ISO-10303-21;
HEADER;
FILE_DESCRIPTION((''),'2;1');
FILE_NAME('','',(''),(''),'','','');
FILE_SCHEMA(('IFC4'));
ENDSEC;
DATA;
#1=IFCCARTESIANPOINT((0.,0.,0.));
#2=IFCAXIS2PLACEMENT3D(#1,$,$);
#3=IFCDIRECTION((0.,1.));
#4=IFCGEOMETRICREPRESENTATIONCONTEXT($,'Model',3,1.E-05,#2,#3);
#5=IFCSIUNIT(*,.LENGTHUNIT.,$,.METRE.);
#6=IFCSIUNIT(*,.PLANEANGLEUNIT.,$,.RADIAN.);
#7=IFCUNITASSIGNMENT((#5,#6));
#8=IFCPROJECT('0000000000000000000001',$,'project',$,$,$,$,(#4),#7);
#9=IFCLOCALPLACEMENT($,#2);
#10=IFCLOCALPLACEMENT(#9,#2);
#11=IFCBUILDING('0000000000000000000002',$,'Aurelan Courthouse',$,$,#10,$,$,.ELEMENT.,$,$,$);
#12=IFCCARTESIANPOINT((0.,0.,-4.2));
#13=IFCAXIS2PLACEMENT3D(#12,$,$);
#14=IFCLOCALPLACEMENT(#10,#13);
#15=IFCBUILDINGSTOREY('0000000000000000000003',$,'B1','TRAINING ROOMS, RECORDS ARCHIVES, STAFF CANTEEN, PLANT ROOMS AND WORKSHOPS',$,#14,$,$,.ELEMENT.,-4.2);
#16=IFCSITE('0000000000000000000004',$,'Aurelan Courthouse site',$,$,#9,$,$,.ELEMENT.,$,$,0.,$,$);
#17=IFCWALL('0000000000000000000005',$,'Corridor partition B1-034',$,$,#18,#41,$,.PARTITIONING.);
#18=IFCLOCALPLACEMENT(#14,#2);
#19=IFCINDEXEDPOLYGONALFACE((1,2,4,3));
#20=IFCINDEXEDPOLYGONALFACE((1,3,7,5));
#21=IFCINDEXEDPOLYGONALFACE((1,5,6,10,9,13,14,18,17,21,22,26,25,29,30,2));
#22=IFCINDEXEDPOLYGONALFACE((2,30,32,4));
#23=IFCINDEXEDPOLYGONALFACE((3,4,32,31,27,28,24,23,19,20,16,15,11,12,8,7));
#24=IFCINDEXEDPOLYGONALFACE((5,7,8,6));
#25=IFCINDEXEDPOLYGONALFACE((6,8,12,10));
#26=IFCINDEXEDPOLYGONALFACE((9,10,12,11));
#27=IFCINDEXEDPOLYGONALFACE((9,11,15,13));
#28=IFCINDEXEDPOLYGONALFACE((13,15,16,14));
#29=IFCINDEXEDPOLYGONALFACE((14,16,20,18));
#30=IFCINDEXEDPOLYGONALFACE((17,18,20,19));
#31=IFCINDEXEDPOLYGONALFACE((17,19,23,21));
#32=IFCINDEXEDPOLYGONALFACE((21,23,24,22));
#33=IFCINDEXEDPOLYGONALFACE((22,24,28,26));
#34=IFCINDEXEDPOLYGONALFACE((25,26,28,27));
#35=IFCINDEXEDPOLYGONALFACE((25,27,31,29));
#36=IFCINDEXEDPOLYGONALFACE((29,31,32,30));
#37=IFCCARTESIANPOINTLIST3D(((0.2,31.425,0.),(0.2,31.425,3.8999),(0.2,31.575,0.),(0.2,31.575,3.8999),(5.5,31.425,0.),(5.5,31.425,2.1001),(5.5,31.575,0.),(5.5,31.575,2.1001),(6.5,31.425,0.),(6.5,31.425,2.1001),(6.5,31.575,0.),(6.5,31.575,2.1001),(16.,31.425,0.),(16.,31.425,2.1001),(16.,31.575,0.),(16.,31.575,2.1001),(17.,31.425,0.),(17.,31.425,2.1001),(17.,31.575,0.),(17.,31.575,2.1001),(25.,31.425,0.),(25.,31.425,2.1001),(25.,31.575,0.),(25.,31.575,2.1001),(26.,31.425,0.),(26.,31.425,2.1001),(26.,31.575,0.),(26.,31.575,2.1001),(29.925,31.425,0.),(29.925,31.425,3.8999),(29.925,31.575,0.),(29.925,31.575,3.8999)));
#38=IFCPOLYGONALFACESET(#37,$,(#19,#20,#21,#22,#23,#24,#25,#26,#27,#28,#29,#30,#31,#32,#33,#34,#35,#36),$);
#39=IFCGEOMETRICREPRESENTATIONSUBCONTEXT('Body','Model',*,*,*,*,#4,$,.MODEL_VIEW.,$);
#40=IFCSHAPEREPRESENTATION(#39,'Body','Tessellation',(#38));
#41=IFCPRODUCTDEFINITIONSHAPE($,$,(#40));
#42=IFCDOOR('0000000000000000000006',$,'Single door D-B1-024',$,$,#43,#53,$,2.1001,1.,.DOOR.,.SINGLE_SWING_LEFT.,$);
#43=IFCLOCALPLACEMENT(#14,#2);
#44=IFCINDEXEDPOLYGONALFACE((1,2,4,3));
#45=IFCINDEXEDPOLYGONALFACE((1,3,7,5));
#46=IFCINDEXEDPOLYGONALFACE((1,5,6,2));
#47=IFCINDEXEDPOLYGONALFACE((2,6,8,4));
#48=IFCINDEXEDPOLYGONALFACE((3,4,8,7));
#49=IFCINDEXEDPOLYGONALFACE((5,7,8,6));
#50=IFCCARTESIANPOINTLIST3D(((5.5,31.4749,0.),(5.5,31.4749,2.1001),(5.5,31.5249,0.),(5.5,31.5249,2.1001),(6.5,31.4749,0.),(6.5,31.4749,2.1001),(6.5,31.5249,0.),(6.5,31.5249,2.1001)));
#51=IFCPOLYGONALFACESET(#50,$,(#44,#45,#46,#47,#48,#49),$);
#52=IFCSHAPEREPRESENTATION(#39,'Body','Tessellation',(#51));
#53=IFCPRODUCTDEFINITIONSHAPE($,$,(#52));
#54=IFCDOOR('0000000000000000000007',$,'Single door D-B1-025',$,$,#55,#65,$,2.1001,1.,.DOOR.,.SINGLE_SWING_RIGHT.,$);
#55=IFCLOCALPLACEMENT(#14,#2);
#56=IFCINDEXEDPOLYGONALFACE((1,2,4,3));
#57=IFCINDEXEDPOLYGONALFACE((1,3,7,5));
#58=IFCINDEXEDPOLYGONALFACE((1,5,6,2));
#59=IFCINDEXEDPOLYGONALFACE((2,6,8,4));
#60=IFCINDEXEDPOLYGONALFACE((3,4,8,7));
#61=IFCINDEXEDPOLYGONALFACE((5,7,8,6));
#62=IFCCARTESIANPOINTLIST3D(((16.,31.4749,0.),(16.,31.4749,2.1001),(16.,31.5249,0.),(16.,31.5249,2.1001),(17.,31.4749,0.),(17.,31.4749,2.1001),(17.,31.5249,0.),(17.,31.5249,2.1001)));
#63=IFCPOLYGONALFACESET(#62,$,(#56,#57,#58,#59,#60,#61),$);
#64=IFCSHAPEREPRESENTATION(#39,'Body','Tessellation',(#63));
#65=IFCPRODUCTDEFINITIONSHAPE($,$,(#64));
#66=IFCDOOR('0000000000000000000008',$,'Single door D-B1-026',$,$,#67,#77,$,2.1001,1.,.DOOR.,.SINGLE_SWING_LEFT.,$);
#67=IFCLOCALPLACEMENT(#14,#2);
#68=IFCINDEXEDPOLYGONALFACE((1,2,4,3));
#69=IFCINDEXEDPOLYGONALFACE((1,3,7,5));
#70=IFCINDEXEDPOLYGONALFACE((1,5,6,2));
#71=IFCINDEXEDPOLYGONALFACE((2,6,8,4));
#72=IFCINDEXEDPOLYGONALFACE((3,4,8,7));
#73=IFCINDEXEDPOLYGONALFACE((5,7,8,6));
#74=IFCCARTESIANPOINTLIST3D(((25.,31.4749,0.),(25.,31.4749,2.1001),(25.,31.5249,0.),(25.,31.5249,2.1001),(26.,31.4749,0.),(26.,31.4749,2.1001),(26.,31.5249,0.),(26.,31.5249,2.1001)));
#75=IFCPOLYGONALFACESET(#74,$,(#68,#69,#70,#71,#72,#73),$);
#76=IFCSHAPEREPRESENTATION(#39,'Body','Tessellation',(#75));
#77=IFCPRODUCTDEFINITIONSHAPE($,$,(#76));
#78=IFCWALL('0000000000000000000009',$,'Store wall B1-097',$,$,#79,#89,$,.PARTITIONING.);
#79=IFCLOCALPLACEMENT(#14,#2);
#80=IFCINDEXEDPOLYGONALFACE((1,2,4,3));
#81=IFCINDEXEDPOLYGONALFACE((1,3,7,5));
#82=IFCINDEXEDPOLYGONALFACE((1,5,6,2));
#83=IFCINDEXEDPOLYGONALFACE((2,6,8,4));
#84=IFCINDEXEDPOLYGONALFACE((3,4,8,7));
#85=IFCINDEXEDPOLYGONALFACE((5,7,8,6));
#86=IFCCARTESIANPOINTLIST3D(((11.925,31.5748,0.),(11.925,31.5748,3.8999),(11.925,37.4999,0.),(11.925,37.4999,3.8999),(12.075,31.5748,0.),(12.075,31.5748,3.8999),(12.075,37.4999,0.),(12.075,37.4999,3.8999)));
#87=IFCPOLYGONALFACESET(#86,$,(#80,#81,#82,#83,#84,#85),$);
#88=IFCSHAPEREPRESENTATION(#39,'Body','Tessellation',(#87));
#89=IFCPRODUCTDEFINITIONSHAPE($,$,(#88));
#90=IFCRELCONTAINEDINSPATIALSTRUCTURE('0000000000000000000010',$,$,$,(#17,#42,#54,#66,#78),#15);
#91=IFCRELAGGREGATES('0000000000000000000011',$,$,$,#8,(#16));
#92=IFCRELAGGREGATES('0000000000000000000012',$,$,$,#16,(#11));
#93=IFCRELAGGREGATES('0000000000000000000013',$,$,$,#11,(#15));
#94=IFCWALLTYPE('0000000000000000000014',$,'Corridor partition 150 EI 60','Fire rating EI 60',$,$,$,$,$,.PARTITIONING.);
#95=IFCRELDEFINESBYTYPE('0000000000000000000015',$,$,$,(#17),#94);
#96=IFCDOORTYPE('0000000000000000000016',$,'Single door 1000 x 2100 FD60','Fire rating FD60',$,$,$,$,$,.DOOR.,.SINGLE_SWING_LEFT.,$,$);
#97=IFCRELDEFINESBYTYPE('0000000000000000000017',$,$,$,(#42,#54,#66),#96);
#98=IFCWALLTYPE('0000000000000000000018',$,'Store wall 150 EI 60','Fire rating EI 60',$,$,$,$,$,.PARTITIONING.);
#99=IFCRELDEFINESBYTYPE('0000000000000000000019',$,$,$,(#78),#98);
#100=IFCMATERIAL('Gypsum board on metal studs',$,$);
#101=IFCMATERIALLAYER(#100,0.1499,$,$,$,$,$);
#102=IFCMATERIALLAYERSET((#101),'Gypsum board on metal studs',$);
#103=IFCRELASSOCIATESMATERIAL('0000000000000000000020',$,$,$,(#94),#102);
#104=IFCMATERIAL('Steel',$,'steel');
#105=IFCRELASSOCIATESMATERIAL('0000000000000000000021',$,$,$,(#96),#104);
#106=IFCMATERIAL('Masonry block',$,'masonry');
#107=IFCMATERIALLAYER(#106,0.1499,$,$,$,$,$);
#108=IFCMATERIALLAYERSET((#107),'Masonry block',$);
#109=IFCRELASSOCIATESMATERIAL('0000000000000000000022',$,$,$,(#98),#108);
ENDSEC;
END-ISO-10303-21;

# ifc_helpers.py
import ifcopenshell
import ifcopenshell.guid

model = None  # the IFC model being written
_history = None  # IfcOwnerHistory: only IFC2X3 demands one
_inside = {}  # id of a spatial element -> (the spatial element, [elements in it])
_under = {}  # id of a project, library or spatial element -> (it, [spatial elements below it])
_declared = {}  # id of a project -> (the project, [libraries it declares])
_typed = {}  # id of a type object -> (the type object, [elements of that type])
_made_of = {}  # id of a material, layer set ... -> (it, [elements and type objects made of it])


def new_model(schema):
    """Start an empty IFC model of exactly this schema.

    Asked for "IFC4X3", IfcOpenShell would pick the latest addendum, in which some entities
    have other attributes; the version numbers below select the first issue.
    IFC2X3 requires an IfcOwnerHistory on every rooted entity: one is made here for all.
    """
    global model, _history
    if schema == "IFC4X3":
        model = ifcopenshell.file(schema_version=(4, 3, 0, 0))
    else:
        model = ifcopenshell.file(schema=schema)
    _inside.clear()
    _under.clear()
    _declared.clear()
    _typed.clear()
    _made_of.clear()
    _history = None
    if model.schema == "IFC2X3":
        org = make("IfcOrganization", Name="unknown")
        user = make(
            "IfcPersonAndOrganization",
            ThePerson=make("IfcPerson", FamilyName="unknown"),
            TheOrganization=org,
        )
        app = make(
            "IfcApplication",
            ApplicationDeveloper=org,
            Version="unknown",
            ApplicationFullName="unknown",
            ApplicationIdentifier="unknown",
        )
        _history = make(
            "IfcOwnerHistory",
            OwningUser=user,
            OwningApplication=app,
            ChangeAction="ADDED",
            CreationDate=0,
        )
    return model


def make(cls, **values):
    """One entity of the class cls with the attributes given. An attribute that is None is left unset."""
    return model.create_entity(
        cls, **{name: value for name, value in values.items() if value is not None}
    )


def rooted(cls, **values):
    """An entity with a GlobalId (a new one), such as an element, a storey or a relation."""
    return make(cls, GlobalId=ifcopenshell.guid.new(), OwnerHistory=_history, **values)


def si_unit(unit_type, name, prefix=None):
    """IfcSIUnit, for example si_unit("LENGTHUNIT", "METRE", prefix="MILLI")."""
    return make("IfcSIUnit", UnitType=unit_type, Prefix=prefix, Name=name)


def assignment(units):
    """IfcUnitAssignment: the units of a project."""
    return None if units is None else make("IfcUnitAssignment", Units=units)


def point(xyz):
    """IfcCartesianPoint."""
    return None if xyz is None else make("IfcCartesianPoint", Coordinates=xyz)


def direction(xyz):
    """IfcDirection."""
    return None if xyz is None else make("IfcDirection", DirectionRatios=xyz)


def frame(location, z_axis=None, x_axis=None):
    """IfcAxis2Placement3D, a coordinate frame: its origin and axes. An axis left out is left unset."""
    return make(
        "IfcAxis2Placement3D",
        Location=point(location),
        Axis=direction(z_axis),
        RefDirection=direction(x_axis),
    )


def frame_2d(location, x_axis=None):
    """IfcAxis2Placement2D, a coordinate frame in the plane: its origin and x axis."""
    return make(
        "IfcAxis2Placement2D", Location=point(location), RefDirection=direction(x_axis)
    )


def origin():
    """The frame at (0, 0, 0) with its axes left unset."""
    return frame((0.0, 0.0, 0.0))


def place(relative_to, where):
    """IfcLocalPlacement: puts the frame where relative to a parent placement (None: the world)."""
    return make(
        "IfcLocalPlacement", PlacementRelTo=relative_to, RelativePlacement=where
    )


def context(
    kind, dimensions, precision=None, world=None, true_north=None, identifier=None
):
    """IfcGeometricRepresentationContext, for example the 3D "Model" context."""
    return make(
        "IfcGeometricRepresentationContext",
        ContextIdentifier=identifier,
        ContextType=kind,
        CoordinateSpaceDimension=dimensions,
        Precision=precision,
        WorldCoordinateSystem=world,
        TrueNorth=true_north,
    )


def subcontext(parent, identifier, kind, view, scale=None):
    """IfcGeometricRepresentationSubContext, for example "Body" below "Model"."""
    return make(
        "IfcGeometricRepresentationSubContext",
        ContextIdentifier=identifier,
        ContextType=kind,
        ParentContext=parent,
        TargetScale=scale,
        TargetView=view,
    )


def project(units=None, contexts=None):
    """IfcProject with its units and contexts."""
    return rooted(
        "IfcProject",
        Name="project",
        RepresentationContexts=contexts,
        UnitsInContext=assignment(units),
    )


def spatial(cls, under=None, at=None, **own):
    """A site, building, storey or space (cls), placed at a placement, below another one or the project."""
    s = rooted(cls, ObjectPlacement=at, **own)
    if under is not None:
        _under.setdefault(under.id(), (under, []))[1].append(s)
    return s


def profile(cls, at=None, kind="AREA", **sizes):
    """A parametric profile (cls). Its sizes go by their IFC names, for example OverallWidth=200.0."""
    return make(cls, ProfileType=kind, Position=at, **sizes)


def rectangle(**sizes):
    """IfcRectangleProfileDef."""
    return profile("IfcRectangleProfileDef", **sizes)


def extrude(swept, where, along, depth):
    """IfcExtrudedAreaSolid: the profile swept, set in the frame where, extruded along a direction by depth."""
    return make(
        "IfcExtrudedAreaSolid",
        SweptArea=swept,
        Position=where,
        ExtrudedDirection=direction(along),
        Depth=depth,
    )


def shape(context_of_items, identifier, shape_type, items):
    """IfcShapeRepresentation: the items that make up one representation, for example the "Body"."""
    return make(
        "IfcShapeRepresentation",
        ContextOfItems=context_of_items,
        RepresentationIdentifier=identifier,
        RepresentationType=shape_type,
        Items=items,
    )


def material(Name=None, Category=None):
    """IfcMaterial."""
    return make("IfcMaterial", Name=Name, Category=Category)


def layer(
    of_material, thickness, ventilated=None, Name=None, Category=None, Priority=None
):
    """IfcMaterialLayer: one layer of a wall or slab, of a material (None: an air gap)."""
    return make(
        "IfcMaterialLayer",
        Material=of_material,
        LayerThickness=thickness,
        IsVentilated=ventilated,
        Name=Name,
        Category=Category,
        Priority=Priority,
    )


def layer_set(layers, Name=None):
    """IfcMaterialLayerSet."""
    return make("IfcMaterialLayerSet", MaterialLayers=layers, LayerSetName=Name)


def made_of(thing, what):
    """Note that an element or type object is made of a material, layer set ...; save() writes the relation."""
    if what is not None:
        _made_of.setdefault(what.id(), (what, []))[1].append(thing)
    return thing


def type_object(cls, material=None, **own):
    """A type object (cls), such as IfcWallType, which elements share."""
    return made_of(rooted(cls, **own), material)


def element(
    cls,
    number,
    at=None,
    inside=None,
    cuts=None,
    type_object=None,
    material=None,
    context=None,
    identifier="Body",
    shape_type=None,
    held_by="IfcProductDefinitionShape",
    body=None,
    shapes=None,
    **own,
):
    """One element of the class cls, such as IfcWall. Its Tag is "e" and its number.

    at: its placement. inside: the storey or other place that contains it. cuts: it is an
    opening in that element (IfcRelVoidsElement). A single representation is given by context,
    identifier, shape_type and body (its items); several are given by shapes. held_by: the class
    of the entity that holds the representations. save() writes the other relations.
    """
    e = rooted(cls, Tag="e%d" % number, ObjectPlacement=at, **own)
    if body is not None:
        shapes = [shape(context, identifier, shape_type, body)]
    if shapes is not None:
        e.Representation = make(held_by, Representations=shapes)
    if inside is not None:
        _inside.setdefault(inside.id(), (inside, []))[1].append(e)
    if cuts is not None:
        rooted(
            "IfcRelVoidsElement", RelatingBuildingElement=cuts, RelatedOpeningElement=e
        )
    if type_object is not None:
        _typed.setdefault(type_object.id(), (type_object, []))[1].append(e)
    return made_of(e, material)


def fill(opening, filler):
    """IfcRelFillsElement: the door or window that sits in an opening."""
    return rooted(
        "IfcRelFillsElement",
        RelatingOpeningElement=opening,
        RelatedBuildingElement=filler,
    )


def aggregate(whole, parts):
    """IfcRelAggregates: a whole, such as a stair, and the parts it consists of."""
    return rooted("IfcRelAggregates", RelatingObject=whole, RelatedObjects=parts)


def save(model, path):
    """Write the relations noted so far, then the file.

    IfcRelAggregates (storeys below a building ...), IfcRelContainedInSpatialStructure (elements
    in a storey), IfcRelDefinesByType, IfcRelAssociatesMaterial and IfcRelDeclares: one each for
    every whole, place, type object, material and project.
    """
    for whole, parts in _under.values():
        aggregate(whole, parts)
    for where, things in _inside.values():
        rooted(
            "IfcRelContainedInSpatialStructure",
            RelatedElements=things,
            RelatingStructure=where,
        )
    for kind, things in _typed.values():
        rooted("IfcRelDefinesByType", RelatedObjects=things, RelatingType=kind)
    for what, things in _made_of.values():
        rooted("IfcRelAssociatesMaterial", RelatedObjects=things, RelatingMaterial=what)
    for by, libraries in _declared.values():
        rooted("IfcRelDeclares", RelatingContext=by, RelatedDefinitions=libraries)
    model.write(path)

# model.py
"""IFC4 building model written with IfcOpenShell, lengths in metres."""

from ifc_helpers import new_model, si_unit, direction, frame, frame_2d, origin, place, context, subcontext, project, spatial, rectangle, extrude, material, layer, layer_set, type_object, element, fill, save


model = new_model("IFC4")

# Units and contexts
model_context = context("Model", 3, precision=1e-05, world=origin(), true_north=direction((0.0, 1.0)))
body_context = subcontext(model_context, "Body", "Model", "MODEL_VIEW")
ifc_project = project(units=[si_unit("LENGTHUNIT", "METRE"), si_unit("PLANEANGLEUNIT", "RADIAN")], contexts=[model_context])

# Site, building, storey
site_placement = place(None, origin())
site = spatial("IfcSite", under=ifc_project, at=site_placement, Name="Aurelan Courthouse site", CompositionType="ELEMENT", RefElevation=0.0)
building_placement = place(site_placement, origin())
building = spatial("IfcBuilding", under=site, at=building_placement, Name="Aurelan Courthouse", CompositionType="ELEMENT")
storey_placement = place(building_placement, frame((0.0, 0.0, -4.2)))
storey = spatial("IfcBuildingStorey", under=building, at=storey_placement, Name="B1", Description="TRAINING ROOMS, RECORDS ARCHIVES, STAFF CANTEEN, PLANT ROOMS AND WORKSHOPS", CompositionType="ELEMENT", Elevation=-4.2)

# Wall, openings, doors
ifc_material_1 = material(Name="Gypsum board on metal studs")
ifc_layer_1 = layer(ifc_material_1, 0.1499)
ifc_layer_set_1 = layer_set([ifc_layer_1], Name="Gypsum board on metal studs")
wall_type_1 = type_object("IfcWallType", Name="Corridor partition 150 EI 60", Description="Fire rating EI 60", PredefinedType="PARTITIONING", material=ifc_layer_set_1)
wall_1_placement = place(storey_placement, frame((0.2, 31.5, 0.0), z_axis=(0.0, 0.0, 1.0), x_axis=(1.0, 0.0, 0.0)))
wall_1 = element("IfcWall", 1, at=wall_1_placement, inside=storey, type_object=wall_type_1, Name="Corridor partition B1-034", PredefinedType="PARTITIONING", context=body_context, shape_type="SweptSolid", body=[
    extrude(rectangle(XDim=29.7251, YDim=0.1499, at=frame_2d((14.8625, 0.0))), origin(), (0.0, 0.0, 1.0), 3.8999),
])
opening_1_placement = place(wall_1_placement, frame((5.3, 0.0, 0.0)))
opening_1 = element("IfcOpeningElement", 2, at=opening_1_placement, cuts=wall_1, PredefinedType="OPENING", context=body_context, shape_type="SweptSolid", body=[
    extrude(rectangle(XDim=1.0, YDim=2.1001, at=frame_2d((0.5, 1.05))), frame((0.0, 0.085, 0.0), z_axis=(0.0, -1.0, 0.0), x_axis=(1.0, 0.0, 0.0)), (0.0, 0.0, 1.0), 0.1699),
])
opening_2_placement = place(wall_1_placement, frame((15.8, 0.0, 0.0)))
opening_2 = element("IfcOpeningElement", 3, at=opening_2_placement, cuts=wall_1, PredefinedType="OPENING", context=body_context, shape_type="SweptSolid", body=[
    extrude(rectangle(XDim=1.0, YDim=2.1001, at=frame_2d((0.5, 1.05))), frame((0.0, 0.085, 0.0), z_axis=(0.0, -1.0, 0.0), x_axis=(1.0, 0.0, 0.0)), (0.0, 0.0, 1.0), 0.1699),
])
opening_3_placement = place(wall_1_placement, frame((24.8, 0.0, 0.0)))
opening_3 = element("IfcOpeningElement", 4, at=opening_3_placement, cuts=wall_1, PredefinedType="OPENING", context=body_context, shape_type="SweptSolid", body=[
    extrude(rectangle(XDim=1.0, YDim=2.1001, at=frame_2d((0.5, 1.05))), frame((0.0, 0.085, 0.0), z_axis=(0.0, -1.0, 0.0), x_axis=(1.0, 0.0, 0.0)), (0.0, 0.0, 1.0), 0.1699),
])
ifc_material_2 = material(Name="Steel", Category="steel")
door_type = type_object("IfcDoorType", Name="Single door 1000 x 2100 FD60", Description="Fire rating FD60", OperationType="SINGLE_SWING_LEFT", PredefinedType="DOOR", material=ifc_material_2)
door_1_placement = place(opening_1_placement, origin())
door_1 = element("IfcDoor", 5, at=door_1_placement, inside=storey, type_object=door_type, Name="Single door D-B1-024", OperationType="SINGLE_SWING_LEFT", OverallHeight=2.1001, OverallWidth=1.0, PredefinedType="DOOR", context=body_context, shape_type="SweptSolid", body=[
    extrude(rectangle(XDim=1.0, YDim=2.1001, at=frame_2d((0.5, 1.05))), frame((0.0, 0.0249, 0.0), z_axis=(0.0, -1.0, 0.0), x_axis=(1.0, 0.0, 0.0)), (0.0, 0.0, 1.0), 0.05),
])
fill(opening_1, door_1)
door_2_placement = place(opening_2_placement, origin())
door_2 = element("IfcDoor", 6, at=door_2_placement, inside=storey, type_object=door_type, Name="Single door D-B1-025", OperationType="SINGLE_SWING_RIGHT", OverallHeight=2.1001, OverallWidth=1.0, PredefinedType="DOOR", context=body_context, shape_type="SweptSolid", body=[
    extrude(rectangle(XDim=1.0, YDim=2.1001, at=frame_2d((0.5, 1.05))), frame((0.0, 0.0249, 0.0), z_axis=(0.0, -1.0, 0.0), x_axis=(1.0, 0.0, 0.0)), (0.0, 0.0, 1.0), 0.05),
])
fill(opening_2, door_2)
door_3_placement = place(opening_3_placement, origin())
door_3 = element("IfcDoor", 7, at=door_3_placement, inside=storey, type_object=door_type, Name="Single door D-B1-026", OperationType="SINGLE_SWING_LEFT", OverallHeight=2.1001, OverallWidth=1.0, PredefinedType="DOOR", context=body_context, shape_type="SweptSolid", body=[
    extrude(rectangle(XDim=1.0, YDim=2.1001, at=frame_2d((0.5, 1.05))), frame((0.0, 0.0249, 0.0), z_axis=(0.0, -1.0, 0.0), x_axis=(1.0, 0.0, 0.0)), (0.0, 0.0, 1.0), 0.05),
])
fill(opening_3, door_3)

# Wall
ifc_material_3 = material(Name="Masonry block", Category="masonry")
ifc_layer_2 = layer(ifc_material_3, 0.1499)
ifc_layer_set_2 = layer_set([ifc_layer_2], Name="Masonry block")
wall_type_2 = type_object("IfcWallType", Name="Store wall 150 EI 60", Description="Fire rating EI 60", PredefinedType="PARTITIONING", material=ifc_layer_set_2)
wall_2_placement = place(storey_placement, frame((12.0, 31.575, 0.0), z_axis=(0.0, 0.0, 1.0), x_axis=(0.0, 1.0, 0.0)))
element("IfcWall", 8, at=wall_2_placement, inside=storey, type_object=wall_type_2, Name="Store wall B1-097", PredefinedType="PARTITIONING", context=body_context, shape_type="SweptSolid", body=[
    extrude(rectangle(XDim=5.925, YDim=0.1499, at=frame_2d((2.9624, 0.0))), origin(), (0.0, 0.0, 1.0), 3.8999),
])

save(model, "model.ifc")
